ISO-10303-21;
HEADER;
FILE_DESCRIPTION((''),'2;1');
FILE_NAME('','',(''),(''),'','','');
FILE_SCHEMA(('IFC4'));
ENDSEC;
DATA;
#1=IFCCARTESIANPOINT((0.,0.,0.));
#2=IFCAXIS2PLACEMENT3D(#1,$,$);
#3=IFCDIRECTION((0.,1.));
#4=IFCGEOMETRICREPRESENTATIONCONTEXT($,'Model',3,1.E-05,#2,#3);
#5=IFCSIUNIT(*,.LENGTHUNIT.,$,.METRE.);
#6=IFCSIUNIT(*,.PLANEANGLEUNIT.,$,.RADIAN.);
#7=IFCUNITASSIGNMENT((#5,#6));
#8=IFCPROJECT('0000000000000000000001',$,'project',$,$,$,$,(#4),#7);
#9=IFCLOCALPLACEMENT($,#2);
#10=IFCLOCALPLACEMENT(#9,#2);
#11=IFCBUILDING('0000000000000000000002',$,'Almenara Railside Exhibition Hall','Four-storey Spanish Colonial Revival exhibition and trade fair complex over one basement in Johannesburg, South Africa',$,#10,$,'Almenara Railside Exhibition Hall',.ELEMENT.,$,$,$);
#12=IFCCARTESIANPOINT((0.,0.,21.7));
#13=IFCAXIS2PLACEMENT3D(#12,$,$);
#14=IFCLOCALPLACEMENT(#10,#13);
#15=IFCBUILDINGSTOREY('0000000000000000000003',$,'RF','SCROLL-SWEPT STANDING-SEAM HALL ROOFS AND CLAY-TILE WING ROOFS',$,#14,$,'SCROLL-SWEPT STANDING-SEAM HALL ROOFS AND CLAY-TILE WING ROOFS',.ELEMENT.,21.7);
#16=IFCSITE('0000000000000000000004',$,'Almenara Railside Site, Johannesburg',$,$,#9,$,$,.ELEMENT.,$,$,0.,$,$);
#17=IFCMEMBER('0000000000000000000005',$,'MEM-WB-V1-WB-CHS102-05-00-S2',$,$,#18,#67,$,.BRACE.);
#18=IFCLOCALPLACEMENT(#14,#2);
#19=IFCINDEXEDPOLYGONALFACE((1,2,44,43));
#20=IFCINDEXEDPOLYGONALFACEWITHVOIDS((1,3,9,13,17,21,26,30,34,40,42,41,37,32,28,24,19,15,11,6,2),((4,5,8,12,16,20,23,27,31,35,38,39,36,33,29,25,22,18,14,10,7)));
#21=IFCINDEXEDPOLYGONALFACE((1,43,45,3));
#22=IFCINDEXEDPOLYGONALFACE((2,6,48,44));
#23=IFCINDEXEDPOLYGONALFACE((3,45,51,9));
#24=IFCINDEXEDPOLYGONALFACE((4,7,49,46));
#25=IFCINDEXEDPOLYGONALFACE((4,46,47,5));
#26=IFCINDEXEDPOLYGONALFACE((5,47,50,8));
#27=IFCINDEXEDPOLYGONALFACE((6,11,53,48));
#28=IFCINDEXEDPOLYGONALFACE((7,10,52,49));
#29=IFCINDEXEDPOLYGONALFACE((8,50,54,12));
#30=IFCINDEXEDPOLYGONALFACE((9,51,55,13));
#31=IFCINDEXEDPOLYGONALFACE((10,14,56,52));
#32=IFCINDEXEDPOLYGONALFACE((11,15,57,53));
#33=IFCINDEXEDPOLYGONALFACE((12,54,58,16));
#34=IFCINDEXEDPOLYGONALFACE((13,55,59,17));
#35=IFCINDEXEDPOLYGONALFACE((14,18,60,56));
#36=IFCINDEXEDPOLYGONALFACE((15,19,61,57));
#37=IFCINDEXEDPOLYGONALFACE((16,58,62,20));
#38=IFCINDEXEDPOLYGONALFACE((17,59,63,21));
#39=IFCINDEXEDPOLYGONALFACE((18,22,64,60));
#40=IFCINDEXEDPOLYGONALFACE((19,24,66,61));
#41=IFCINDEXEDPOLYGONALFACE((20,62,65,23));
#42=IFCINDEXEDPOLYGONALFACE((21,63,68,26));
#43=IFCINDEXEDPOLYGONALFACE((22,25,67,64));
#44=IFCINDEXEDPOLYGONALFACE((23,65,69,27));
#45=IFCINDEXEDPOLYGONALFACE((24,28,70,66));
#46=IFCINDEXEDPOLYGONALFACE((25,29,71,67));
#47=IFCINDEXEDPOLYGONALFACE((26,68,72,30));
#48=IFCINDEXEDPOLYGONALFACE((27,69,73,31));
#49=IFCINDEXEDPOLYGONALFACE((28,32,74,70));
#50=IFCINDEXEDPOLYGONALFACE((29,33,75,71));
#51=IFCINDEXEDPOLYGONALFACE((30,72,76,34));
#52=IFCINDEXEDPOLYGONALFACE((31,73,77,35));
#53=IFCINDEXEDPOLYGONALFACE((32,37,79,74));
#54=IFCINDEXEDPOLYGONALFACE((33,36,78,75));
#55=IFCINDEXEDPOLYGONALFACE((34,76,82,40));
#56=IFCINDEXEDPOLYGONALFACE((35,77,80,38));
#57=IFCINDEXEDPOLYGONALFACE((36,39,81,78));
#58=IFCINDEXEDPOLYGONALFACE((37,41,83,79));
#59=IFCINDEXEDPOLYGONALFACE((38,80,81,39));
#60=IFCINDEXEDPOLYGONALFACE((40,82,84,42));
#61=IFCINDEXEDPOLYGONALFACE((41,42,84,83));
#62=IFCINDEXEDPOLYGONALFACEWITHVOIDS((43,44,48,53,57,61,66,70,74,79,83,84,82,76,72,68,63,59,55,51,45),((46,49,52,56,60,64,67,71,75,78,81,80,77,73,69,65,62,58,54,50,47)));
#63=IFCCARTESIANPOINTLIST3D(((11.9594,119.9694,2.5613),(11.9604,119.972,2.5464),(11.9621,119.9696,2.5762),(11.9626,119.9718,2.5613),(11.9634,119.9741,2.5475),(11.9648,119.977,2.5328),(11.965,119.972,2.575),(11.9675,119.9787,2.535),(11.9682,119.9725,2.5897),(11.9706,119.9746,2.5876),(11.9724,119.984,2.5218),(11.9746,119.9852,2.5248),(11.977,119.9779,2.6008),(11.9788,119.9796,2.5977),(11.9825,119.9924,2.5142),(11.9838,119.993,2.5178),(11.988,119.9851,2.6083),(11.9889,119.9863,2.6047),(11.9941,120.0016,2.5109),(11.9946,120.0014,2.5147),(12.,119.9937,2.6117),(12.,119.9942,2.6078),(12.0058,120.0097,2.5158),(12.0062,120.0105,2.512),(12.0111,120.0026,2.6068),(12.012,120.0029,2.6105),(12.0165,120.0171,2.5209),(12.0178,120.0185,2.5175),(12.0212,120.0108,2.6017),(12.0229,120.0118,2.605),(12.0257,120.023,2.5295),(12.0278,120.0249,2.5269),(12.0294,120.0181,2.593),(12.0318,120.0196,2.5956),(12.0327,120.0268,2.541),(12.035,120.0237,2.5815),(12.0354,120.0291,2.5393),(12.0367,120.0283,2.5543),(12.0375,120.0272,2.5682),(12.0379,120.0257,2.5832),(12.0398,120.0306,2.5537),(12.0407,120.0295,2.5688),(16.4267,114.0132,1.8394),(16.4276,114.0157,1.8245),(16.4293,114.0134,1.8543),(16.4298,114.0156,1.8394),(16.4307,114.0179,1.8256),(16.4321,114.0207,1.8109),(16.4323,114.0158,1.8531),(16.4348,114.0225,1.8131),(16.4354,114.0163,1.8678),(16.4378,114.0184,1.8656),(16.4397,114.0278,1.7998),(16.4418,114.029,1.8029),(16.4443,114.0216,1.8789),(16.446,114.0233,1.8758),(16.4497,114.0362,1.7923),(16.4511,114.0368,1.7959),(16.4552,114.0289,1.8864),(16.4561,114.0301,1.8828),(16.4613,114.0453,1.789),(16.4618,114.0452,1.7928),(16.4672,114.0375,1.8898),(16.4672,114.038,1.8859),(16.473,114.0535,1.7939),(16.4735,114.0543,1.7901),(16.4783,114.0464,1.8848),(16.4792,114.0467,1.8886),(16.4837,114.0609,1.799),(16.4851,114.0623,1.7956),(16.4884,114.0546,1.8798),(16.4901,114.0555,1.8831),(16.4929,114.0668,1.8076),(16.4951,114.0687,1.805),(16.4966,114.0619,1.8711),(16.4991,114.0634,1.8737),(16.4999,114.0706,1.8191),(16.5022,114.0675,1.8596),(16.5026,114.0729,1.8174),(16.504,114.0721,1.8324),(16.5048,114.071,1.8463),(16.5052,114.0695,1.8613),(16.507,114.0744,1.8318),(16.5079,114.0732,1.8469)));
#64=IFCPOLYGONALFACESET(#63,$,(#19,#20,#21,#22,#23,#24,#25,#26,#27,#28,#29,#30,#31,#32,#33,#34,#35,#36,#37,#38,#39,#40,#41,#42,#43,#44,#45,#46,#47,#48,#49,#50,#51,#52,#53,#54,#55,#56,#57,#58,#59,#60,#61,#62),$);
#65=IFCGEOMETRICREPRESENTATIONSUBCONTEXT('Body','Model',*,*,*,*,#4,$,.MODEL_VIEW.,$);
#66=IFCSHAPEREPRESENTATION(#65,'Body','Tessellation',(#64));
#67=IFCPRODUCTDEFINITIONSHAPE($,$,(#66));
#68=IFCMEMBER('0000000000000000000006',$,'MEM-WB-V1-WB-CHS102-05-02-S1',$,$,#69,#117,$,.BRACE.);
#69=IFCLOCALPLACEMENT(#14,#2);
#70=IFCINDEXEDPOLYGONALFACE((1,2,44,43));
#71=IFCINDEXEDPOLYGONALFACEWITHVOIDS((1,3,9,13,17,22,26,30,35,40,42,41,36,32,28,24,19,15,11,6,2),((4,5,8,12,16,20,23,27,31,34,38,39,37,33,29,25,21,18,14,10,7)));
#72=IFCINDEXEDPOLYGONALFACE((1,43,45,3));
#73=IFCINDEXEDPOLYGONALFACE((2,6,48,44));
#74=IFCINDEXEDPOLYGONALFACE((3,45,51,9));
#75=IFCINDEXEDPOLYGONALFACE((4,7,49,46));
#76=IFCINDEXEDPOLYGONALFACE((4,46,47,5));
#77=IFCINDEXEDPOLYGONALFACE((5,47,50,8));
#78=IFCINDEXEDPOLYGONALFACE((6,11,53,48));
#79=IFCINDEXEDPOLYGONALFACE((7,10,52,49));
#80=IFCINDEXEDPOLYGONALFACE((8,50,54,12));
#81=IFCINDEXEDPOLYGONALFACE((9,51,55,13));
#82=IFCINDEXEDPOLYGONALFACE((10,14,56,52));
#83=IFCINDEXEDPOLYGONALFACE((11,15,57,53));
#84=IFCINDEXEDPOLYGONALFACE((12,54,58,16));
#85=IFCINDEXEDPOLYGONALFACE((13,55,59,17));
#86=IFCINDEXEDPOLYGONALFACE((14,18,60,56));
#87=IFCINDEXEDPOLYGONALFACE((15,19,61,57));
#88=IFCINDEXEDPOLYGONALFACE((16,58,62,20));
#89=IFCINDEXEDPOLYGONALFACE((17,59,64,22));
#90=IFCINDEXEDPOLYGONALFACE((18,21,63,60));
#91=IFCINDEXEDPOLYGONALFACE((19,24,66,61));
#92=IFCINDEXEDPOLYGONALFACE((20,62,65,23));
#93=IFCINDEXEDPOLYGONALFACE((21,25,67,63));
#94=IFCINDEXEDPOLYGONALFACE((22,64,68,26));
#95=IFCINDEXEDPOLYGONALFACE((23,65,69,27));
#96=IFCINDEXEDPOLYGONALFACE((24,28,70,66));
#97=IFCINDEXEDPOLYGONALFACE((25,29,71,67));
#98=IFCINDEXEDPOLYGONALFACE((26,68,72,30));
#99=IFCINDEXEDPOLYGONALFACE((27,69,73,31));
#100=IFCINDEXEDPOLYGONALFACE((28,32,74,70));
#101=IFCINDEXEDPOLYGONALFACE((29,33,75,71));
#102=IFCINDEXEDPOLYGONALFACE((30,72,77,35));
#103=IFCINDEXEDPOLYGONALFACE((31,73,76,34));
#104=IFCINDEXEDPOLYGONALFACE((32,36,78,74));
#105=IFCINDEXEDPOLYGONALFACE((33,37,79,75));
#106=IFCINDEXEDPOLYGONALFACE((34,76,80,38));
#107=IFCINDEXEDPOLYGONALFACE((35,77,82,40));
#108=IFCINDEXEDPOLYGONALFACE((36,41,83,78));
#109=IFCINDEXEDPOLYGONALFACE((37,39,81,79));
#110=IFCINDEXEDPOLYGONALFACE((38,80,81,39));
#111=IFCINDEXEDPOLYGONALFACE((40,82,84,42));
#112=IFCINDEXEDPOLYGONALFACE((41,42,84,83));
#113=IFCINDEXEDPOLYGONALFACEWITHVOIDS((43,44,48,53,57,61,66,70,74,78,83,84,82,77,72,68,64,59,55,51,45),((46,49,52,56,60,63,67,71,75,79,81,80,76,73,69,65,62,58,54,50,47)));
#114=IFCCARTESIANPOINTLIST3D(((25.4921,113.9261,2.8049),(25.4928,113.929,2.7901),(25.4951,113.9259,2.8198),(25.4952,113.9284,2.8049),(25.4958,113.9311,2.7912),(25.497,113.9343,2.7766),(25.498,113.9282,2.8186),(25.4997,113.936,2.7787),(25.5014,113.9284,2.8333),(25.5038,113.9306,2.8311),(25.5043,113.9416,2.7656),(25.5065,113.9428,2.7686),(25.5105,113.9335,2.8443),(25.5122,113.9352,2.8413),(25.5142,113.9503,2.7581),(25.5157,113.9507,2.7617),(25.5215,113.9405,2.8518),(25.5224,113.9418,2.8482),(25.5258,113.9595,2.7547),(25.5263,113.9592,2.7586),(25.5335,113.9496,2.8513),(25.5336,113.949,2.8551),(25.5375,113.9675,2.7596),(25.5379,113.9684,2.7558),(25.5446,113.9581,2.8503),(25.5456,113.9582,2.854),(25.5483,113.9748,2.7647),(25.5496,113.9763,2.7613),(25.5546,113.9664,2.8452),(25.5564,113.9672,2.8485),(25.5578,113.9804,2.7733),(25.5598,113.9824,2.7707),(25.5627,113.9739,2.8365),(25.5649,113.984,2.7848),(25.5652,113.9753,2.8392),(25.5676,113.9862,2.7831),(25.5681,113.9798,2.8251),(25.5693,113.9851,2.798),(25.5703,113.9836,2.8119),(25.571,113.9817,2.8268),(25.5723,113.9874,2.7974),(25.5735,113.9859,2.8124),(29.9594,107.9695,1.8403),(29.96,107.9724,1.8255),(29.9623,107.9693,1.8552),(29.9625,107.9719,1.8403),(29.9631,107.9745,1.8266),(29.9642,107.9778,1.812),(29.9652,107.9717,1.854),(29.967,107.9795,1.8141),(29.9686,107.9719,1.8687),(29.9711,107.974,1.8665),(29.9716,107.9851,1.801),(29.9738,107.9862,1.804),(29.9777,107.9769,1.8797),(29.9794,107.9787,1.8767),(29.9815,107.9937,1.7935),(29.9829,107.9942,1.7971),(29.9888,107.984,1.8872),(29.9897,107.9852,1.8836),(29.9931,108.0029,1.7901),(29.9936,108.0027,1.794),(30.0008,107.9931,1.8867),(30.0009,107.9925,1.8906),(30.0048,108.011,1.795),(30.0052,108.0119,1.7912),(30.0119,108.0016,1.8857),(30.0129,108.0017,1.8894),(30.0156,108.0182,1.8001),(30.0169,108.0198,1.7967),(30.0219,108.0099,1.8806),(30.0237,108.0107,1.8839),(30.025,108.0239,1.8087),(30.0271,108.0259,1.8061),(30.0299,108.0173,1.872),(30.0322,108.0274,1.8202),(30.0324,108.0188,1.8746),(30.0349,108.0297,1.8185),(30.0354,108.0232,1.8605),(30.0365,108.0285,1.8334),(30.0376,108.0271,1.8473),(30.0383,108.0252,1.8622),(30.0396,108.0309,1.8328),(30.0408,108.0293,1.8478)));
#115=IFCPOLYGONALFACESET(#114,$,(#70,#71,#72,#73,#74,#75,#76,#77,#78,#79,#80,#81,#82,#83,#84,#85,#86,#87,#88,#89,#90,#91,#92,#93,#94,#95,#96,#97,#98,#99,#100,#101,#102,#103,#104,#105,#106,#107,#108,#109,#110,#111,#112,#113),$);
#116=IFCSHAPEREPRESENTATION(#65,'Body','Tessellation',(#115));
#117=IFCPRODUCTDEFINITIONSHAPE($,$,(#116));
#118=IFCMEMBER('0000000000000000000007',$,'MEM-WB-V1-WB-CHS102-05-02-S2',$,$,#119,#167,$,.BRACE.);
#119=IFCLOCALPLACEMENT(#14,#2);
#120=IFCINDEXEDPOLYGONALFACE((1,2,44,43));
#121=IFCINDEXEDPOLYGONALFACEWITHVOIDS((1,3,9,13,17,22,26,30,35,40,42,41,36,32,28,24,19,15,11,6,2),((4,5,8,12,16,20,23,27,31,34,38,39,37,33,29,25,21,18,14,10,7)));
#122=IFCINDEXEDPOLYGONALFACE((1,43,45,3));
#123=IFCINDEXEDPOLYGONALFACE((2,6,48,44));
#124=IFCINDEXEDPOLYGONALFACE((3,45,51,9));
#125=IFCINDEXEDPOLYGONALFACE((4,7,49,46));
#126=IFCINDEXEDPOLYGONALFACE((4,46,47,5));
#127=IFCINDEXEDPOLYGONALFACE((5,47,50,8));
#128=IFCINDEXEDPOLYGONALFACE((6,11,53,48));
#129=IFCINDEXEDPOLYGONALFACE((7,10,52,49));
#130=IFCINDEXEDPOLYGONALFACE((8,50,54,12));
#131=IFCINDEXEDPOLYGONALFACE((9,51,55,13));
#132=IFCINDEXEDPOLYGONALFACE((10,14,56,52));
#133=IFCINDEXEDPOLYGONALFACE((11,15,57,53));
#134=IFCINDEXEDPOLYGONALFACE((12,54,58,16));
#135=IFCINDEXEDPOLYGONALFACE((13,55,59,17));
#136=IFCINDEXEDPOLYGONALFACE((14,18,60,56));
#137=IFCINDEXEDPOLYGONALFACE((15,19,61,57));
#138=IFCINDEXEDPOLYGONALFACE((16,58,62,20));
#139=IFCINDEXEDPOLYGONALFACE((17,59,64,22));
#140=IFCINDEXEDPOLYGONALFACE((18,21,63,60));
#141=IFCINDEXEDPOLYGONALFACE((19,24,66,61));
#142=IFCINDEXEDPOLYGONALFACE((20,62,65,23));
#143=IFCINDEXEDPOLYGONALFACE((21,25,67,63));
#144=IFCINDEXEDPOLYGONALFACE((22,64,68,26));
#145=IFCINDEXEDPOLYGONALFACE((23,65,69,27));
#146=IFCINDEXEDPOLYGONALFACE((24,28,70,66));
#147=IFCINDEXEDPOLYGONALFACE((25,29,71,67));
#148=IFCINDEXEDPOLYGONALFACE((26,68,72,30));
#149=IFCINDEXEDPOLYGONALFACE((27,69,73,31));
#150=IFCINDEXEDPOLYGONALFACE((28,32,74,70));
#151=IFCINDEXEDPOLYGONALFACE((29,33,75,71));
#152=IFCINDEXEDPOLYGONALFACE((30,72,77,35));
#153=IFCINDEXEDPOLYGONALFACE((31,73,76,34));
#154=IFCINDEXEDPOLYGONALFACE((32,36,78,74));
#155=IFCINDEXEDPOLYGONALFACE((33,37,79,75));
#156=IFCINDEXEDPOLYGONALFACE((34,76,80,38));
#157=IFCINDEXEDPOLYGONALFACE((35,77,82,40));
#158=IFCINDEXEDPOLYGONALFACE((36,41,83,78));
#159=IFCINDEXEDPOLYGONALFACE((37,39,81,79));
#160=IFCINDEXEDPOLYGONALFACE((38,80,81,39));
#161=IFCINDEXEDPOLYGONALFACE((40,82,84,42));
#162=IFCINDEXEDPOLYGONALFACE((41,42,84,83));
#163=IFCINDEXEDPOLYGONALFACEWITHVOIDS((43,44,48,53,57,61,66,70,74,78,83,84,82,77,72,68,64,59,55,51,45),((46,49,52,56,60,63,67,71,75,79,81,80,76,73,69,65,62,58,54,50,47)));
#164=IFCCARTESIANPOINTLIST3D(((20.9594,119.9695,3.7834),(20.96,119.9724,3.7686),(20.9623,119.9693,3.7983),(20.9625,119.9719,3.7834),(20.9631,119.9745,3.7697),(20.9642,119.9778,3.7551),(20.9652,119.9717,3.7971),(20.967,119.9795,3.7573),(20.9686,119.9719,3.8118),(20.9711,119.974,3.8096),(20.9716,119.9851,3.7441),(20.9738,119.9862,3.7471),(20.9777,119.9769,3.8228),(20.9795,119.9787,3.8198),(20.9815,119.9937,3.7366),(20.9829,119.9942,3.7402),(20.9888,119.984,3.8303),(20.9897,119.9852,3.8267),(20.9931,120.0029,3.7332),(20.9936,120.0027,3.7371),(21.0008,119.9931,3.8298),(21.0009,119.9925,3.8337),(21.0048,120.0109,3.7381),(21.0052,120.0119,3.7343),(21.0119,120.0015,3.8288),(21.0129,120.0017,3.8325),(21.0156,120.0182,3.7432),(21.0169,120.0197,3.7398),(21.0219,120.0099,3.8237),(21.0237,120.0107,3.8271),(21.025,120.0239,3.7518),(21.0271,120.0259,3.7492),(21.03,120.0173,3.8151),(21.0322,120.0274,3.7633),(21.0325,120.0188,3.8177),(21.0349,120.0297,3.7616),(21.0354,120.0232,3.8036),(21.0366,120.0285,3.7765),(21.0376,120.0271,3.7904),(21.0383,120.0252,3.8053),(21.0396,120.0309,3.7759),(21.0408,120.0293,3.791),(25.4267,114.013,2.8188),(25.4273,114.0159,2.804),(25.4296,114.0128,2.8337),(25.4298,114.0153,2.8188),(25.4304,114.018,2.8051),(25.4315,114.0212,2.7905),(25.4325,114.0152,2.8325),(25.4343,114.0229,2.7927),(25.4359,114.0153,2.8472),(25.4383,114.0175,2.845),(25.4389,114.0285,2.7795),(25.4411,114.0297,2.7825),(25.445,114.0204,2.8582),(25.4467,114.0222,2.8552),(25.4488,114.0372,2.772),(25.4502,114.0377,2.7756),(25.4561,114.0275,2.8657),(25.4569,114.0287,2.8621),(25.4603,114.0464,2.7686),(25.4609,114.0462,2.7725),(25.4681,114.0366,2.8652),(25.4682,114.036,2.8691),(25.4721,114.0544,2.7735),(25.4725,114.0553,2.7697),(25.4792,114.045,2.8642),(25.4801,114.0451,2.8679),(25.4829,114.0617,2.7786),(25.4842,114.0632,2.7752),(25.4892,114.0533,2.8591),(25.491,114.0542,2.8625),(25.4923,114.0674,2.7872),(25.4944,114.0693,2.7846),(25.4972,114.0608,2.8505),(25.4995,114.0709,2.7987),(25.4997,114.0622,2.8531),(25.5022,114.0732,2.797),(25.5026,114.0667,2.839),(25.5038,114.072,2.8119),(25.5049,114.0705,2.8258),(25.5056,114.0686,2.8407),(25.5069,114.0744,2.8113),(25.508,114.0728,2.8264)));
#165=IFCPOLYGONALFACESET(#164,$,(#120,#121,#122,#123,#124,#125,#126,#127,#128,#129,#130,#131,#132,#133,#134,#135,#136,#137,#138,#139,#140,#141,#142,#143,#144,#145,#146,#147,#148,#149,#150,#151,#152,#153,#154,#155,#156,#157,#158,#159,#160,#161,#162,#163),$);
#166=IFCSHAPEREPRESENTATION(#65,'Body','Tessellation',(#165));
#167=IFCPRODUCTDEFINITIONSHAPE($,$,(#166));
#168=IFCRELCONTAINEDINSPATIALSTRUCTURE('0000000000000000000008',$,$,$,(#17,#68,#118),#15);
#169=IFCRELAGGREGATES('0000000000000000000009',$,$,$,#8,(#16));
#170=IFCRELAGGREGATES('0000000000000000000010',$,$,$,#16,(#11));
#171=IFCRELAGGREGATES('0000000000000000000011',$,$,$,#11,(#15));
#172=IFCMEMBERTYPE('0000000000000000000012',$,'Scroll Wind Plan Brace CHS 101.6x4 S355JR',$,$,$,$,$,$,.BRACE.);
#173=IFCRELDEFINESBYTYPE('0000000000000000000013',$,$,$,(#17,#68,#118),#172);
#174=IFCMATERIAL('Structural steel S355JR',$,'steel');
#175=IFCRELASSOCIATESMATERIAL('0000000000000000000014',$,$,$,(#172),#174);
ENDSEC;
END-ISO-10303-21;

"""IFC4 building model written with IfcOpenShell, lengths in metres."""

from ifc_helpers import new_model, si_unit, direction, frame, origin, origin_2d, place, context, subcontext, project, spatial, hollow_circle, extrude, material, material_profile, profile_set, type_object, element, save


model = new_model("IFC4")

# Units and contexts
model_context = context("Model", 3, precision=1e-05, world=origin(), true_north=direction((0.0, 1.0)))
body_context = subcontext(model_context, "Body", "Model", "MODEL_VIEW")
ifc_project = project(units=[si_unit("LENGTHUNIT", "METRE"), si_unit("PLANEANGLEUNIT", "RADIAN")], contexts=[model_context])

# Site, building, storey
site_placement = place(None, origin())
site = spatial("IfcSite", under=ifc_project, at=site_placement, Name="Almenara Railside Site, Johannesburg", CompositionType="ELEMENT", RefElevation=0.0)
building_placement = place(site_placement, origin())
building = spatial("IfcBuilding", under=site, at=building_placement, Name="Almenara Railside Exhibition Hall", Description="Four-storey Spanish Colonial Revival exhibition and trade fair complex over one basement in Johannesburg, South Africa", LongName="Almenara Railside Exhibition Hall", CompositionType="ELEMENT")
storey_placement = place(building_placement, frame((0.0, 0.0, 21.7)))
storey = spatial("IfcBuildingStorey", under=building, at=storey_placement, Name="RF", Description="SCROLL-SWEPT STANDING-SEAM HALL ROOFS AND CLAY-TILE WING ROOFS", LongName="SCROLL-SWEPT STANDING-SEAM HALL ROOFS AND CLAY-TILE WING ROOFS", CompositionType="ELEMENT", Elevation=21.7)

# Members
ifc_material_1 = material(Name="Structural steel S355JR", Category="steel")
ifc_material_profile_1 = material_profile(ifc_material_1, hollow_circle(Radius=0.0508, WallThickness=0.0039, at=origin_2d()), Name="CHS 101.6x4")
ifc_profile_set_1 = profile_set([ifc_material_profile_1], Name="Structural steel S355JR")
member_type_1 = type_object("IfcMemberType", Name="Scroll Wind Plan Brace CHS 101.6x4 S355JR", PredefinedType="BRACE", material=ifc_profile_set_1)
member_1_placement = place(storey_placement, frame((16.4673, 114.0437, 1.8394), z_axis=(-0.597204, 0.796262, 0.09651), x_axis=(-0.799996, -0.600005, 0.0)))
element("IfcMember", 1, at=member_1_placement, inside=storey, type_object=member_type_1, Name="MEM-WB-V1-WB-CHS102-05-00-S2", PredefinedType="BRACE", context=body_context, shape_type="SweptSolid", body=[
    extrude(hollow_circle(Radius=0.0508, WallThickness=0.0039, at=origin_2d()), origin(), (0.0, 0.0, 1.0), 7.4802),
])
for number, where, z_axis, x_axis, name in (
    (2, (30.0, 108.0, 1.8403), (-0.595017, 0.793378, 0.128479), (-0.800008, -0.59999, 0.0), "MEM-WB-V1-WB-CHS102-05-02-S1"),
    (3, (25.4673, 114.0435, 2.8188), (-0.595017, 0.793378, 0.128479), (-0.800008, -0.59999, 0.0), "MEM-WB-V1-WB-CHS102-05-02-S2"),
):
    element("IfcMember", number, at=place(storey_placement, frame(where, z_axis=z_axis, x_axis=x_axis)), inside=storey, type_object=member_type_1, Name=name, PredefinedType="BRACE", context=body_context, shape_type="SweptSolid", body=[
        extrude(hollow_circle(Radius=0.0508, WallThickness=0.0039, at=origin_2d()), origin(), (0.0, 0.0, 1.0), 7.5078),
    ])

save(model, "model.ifc")
